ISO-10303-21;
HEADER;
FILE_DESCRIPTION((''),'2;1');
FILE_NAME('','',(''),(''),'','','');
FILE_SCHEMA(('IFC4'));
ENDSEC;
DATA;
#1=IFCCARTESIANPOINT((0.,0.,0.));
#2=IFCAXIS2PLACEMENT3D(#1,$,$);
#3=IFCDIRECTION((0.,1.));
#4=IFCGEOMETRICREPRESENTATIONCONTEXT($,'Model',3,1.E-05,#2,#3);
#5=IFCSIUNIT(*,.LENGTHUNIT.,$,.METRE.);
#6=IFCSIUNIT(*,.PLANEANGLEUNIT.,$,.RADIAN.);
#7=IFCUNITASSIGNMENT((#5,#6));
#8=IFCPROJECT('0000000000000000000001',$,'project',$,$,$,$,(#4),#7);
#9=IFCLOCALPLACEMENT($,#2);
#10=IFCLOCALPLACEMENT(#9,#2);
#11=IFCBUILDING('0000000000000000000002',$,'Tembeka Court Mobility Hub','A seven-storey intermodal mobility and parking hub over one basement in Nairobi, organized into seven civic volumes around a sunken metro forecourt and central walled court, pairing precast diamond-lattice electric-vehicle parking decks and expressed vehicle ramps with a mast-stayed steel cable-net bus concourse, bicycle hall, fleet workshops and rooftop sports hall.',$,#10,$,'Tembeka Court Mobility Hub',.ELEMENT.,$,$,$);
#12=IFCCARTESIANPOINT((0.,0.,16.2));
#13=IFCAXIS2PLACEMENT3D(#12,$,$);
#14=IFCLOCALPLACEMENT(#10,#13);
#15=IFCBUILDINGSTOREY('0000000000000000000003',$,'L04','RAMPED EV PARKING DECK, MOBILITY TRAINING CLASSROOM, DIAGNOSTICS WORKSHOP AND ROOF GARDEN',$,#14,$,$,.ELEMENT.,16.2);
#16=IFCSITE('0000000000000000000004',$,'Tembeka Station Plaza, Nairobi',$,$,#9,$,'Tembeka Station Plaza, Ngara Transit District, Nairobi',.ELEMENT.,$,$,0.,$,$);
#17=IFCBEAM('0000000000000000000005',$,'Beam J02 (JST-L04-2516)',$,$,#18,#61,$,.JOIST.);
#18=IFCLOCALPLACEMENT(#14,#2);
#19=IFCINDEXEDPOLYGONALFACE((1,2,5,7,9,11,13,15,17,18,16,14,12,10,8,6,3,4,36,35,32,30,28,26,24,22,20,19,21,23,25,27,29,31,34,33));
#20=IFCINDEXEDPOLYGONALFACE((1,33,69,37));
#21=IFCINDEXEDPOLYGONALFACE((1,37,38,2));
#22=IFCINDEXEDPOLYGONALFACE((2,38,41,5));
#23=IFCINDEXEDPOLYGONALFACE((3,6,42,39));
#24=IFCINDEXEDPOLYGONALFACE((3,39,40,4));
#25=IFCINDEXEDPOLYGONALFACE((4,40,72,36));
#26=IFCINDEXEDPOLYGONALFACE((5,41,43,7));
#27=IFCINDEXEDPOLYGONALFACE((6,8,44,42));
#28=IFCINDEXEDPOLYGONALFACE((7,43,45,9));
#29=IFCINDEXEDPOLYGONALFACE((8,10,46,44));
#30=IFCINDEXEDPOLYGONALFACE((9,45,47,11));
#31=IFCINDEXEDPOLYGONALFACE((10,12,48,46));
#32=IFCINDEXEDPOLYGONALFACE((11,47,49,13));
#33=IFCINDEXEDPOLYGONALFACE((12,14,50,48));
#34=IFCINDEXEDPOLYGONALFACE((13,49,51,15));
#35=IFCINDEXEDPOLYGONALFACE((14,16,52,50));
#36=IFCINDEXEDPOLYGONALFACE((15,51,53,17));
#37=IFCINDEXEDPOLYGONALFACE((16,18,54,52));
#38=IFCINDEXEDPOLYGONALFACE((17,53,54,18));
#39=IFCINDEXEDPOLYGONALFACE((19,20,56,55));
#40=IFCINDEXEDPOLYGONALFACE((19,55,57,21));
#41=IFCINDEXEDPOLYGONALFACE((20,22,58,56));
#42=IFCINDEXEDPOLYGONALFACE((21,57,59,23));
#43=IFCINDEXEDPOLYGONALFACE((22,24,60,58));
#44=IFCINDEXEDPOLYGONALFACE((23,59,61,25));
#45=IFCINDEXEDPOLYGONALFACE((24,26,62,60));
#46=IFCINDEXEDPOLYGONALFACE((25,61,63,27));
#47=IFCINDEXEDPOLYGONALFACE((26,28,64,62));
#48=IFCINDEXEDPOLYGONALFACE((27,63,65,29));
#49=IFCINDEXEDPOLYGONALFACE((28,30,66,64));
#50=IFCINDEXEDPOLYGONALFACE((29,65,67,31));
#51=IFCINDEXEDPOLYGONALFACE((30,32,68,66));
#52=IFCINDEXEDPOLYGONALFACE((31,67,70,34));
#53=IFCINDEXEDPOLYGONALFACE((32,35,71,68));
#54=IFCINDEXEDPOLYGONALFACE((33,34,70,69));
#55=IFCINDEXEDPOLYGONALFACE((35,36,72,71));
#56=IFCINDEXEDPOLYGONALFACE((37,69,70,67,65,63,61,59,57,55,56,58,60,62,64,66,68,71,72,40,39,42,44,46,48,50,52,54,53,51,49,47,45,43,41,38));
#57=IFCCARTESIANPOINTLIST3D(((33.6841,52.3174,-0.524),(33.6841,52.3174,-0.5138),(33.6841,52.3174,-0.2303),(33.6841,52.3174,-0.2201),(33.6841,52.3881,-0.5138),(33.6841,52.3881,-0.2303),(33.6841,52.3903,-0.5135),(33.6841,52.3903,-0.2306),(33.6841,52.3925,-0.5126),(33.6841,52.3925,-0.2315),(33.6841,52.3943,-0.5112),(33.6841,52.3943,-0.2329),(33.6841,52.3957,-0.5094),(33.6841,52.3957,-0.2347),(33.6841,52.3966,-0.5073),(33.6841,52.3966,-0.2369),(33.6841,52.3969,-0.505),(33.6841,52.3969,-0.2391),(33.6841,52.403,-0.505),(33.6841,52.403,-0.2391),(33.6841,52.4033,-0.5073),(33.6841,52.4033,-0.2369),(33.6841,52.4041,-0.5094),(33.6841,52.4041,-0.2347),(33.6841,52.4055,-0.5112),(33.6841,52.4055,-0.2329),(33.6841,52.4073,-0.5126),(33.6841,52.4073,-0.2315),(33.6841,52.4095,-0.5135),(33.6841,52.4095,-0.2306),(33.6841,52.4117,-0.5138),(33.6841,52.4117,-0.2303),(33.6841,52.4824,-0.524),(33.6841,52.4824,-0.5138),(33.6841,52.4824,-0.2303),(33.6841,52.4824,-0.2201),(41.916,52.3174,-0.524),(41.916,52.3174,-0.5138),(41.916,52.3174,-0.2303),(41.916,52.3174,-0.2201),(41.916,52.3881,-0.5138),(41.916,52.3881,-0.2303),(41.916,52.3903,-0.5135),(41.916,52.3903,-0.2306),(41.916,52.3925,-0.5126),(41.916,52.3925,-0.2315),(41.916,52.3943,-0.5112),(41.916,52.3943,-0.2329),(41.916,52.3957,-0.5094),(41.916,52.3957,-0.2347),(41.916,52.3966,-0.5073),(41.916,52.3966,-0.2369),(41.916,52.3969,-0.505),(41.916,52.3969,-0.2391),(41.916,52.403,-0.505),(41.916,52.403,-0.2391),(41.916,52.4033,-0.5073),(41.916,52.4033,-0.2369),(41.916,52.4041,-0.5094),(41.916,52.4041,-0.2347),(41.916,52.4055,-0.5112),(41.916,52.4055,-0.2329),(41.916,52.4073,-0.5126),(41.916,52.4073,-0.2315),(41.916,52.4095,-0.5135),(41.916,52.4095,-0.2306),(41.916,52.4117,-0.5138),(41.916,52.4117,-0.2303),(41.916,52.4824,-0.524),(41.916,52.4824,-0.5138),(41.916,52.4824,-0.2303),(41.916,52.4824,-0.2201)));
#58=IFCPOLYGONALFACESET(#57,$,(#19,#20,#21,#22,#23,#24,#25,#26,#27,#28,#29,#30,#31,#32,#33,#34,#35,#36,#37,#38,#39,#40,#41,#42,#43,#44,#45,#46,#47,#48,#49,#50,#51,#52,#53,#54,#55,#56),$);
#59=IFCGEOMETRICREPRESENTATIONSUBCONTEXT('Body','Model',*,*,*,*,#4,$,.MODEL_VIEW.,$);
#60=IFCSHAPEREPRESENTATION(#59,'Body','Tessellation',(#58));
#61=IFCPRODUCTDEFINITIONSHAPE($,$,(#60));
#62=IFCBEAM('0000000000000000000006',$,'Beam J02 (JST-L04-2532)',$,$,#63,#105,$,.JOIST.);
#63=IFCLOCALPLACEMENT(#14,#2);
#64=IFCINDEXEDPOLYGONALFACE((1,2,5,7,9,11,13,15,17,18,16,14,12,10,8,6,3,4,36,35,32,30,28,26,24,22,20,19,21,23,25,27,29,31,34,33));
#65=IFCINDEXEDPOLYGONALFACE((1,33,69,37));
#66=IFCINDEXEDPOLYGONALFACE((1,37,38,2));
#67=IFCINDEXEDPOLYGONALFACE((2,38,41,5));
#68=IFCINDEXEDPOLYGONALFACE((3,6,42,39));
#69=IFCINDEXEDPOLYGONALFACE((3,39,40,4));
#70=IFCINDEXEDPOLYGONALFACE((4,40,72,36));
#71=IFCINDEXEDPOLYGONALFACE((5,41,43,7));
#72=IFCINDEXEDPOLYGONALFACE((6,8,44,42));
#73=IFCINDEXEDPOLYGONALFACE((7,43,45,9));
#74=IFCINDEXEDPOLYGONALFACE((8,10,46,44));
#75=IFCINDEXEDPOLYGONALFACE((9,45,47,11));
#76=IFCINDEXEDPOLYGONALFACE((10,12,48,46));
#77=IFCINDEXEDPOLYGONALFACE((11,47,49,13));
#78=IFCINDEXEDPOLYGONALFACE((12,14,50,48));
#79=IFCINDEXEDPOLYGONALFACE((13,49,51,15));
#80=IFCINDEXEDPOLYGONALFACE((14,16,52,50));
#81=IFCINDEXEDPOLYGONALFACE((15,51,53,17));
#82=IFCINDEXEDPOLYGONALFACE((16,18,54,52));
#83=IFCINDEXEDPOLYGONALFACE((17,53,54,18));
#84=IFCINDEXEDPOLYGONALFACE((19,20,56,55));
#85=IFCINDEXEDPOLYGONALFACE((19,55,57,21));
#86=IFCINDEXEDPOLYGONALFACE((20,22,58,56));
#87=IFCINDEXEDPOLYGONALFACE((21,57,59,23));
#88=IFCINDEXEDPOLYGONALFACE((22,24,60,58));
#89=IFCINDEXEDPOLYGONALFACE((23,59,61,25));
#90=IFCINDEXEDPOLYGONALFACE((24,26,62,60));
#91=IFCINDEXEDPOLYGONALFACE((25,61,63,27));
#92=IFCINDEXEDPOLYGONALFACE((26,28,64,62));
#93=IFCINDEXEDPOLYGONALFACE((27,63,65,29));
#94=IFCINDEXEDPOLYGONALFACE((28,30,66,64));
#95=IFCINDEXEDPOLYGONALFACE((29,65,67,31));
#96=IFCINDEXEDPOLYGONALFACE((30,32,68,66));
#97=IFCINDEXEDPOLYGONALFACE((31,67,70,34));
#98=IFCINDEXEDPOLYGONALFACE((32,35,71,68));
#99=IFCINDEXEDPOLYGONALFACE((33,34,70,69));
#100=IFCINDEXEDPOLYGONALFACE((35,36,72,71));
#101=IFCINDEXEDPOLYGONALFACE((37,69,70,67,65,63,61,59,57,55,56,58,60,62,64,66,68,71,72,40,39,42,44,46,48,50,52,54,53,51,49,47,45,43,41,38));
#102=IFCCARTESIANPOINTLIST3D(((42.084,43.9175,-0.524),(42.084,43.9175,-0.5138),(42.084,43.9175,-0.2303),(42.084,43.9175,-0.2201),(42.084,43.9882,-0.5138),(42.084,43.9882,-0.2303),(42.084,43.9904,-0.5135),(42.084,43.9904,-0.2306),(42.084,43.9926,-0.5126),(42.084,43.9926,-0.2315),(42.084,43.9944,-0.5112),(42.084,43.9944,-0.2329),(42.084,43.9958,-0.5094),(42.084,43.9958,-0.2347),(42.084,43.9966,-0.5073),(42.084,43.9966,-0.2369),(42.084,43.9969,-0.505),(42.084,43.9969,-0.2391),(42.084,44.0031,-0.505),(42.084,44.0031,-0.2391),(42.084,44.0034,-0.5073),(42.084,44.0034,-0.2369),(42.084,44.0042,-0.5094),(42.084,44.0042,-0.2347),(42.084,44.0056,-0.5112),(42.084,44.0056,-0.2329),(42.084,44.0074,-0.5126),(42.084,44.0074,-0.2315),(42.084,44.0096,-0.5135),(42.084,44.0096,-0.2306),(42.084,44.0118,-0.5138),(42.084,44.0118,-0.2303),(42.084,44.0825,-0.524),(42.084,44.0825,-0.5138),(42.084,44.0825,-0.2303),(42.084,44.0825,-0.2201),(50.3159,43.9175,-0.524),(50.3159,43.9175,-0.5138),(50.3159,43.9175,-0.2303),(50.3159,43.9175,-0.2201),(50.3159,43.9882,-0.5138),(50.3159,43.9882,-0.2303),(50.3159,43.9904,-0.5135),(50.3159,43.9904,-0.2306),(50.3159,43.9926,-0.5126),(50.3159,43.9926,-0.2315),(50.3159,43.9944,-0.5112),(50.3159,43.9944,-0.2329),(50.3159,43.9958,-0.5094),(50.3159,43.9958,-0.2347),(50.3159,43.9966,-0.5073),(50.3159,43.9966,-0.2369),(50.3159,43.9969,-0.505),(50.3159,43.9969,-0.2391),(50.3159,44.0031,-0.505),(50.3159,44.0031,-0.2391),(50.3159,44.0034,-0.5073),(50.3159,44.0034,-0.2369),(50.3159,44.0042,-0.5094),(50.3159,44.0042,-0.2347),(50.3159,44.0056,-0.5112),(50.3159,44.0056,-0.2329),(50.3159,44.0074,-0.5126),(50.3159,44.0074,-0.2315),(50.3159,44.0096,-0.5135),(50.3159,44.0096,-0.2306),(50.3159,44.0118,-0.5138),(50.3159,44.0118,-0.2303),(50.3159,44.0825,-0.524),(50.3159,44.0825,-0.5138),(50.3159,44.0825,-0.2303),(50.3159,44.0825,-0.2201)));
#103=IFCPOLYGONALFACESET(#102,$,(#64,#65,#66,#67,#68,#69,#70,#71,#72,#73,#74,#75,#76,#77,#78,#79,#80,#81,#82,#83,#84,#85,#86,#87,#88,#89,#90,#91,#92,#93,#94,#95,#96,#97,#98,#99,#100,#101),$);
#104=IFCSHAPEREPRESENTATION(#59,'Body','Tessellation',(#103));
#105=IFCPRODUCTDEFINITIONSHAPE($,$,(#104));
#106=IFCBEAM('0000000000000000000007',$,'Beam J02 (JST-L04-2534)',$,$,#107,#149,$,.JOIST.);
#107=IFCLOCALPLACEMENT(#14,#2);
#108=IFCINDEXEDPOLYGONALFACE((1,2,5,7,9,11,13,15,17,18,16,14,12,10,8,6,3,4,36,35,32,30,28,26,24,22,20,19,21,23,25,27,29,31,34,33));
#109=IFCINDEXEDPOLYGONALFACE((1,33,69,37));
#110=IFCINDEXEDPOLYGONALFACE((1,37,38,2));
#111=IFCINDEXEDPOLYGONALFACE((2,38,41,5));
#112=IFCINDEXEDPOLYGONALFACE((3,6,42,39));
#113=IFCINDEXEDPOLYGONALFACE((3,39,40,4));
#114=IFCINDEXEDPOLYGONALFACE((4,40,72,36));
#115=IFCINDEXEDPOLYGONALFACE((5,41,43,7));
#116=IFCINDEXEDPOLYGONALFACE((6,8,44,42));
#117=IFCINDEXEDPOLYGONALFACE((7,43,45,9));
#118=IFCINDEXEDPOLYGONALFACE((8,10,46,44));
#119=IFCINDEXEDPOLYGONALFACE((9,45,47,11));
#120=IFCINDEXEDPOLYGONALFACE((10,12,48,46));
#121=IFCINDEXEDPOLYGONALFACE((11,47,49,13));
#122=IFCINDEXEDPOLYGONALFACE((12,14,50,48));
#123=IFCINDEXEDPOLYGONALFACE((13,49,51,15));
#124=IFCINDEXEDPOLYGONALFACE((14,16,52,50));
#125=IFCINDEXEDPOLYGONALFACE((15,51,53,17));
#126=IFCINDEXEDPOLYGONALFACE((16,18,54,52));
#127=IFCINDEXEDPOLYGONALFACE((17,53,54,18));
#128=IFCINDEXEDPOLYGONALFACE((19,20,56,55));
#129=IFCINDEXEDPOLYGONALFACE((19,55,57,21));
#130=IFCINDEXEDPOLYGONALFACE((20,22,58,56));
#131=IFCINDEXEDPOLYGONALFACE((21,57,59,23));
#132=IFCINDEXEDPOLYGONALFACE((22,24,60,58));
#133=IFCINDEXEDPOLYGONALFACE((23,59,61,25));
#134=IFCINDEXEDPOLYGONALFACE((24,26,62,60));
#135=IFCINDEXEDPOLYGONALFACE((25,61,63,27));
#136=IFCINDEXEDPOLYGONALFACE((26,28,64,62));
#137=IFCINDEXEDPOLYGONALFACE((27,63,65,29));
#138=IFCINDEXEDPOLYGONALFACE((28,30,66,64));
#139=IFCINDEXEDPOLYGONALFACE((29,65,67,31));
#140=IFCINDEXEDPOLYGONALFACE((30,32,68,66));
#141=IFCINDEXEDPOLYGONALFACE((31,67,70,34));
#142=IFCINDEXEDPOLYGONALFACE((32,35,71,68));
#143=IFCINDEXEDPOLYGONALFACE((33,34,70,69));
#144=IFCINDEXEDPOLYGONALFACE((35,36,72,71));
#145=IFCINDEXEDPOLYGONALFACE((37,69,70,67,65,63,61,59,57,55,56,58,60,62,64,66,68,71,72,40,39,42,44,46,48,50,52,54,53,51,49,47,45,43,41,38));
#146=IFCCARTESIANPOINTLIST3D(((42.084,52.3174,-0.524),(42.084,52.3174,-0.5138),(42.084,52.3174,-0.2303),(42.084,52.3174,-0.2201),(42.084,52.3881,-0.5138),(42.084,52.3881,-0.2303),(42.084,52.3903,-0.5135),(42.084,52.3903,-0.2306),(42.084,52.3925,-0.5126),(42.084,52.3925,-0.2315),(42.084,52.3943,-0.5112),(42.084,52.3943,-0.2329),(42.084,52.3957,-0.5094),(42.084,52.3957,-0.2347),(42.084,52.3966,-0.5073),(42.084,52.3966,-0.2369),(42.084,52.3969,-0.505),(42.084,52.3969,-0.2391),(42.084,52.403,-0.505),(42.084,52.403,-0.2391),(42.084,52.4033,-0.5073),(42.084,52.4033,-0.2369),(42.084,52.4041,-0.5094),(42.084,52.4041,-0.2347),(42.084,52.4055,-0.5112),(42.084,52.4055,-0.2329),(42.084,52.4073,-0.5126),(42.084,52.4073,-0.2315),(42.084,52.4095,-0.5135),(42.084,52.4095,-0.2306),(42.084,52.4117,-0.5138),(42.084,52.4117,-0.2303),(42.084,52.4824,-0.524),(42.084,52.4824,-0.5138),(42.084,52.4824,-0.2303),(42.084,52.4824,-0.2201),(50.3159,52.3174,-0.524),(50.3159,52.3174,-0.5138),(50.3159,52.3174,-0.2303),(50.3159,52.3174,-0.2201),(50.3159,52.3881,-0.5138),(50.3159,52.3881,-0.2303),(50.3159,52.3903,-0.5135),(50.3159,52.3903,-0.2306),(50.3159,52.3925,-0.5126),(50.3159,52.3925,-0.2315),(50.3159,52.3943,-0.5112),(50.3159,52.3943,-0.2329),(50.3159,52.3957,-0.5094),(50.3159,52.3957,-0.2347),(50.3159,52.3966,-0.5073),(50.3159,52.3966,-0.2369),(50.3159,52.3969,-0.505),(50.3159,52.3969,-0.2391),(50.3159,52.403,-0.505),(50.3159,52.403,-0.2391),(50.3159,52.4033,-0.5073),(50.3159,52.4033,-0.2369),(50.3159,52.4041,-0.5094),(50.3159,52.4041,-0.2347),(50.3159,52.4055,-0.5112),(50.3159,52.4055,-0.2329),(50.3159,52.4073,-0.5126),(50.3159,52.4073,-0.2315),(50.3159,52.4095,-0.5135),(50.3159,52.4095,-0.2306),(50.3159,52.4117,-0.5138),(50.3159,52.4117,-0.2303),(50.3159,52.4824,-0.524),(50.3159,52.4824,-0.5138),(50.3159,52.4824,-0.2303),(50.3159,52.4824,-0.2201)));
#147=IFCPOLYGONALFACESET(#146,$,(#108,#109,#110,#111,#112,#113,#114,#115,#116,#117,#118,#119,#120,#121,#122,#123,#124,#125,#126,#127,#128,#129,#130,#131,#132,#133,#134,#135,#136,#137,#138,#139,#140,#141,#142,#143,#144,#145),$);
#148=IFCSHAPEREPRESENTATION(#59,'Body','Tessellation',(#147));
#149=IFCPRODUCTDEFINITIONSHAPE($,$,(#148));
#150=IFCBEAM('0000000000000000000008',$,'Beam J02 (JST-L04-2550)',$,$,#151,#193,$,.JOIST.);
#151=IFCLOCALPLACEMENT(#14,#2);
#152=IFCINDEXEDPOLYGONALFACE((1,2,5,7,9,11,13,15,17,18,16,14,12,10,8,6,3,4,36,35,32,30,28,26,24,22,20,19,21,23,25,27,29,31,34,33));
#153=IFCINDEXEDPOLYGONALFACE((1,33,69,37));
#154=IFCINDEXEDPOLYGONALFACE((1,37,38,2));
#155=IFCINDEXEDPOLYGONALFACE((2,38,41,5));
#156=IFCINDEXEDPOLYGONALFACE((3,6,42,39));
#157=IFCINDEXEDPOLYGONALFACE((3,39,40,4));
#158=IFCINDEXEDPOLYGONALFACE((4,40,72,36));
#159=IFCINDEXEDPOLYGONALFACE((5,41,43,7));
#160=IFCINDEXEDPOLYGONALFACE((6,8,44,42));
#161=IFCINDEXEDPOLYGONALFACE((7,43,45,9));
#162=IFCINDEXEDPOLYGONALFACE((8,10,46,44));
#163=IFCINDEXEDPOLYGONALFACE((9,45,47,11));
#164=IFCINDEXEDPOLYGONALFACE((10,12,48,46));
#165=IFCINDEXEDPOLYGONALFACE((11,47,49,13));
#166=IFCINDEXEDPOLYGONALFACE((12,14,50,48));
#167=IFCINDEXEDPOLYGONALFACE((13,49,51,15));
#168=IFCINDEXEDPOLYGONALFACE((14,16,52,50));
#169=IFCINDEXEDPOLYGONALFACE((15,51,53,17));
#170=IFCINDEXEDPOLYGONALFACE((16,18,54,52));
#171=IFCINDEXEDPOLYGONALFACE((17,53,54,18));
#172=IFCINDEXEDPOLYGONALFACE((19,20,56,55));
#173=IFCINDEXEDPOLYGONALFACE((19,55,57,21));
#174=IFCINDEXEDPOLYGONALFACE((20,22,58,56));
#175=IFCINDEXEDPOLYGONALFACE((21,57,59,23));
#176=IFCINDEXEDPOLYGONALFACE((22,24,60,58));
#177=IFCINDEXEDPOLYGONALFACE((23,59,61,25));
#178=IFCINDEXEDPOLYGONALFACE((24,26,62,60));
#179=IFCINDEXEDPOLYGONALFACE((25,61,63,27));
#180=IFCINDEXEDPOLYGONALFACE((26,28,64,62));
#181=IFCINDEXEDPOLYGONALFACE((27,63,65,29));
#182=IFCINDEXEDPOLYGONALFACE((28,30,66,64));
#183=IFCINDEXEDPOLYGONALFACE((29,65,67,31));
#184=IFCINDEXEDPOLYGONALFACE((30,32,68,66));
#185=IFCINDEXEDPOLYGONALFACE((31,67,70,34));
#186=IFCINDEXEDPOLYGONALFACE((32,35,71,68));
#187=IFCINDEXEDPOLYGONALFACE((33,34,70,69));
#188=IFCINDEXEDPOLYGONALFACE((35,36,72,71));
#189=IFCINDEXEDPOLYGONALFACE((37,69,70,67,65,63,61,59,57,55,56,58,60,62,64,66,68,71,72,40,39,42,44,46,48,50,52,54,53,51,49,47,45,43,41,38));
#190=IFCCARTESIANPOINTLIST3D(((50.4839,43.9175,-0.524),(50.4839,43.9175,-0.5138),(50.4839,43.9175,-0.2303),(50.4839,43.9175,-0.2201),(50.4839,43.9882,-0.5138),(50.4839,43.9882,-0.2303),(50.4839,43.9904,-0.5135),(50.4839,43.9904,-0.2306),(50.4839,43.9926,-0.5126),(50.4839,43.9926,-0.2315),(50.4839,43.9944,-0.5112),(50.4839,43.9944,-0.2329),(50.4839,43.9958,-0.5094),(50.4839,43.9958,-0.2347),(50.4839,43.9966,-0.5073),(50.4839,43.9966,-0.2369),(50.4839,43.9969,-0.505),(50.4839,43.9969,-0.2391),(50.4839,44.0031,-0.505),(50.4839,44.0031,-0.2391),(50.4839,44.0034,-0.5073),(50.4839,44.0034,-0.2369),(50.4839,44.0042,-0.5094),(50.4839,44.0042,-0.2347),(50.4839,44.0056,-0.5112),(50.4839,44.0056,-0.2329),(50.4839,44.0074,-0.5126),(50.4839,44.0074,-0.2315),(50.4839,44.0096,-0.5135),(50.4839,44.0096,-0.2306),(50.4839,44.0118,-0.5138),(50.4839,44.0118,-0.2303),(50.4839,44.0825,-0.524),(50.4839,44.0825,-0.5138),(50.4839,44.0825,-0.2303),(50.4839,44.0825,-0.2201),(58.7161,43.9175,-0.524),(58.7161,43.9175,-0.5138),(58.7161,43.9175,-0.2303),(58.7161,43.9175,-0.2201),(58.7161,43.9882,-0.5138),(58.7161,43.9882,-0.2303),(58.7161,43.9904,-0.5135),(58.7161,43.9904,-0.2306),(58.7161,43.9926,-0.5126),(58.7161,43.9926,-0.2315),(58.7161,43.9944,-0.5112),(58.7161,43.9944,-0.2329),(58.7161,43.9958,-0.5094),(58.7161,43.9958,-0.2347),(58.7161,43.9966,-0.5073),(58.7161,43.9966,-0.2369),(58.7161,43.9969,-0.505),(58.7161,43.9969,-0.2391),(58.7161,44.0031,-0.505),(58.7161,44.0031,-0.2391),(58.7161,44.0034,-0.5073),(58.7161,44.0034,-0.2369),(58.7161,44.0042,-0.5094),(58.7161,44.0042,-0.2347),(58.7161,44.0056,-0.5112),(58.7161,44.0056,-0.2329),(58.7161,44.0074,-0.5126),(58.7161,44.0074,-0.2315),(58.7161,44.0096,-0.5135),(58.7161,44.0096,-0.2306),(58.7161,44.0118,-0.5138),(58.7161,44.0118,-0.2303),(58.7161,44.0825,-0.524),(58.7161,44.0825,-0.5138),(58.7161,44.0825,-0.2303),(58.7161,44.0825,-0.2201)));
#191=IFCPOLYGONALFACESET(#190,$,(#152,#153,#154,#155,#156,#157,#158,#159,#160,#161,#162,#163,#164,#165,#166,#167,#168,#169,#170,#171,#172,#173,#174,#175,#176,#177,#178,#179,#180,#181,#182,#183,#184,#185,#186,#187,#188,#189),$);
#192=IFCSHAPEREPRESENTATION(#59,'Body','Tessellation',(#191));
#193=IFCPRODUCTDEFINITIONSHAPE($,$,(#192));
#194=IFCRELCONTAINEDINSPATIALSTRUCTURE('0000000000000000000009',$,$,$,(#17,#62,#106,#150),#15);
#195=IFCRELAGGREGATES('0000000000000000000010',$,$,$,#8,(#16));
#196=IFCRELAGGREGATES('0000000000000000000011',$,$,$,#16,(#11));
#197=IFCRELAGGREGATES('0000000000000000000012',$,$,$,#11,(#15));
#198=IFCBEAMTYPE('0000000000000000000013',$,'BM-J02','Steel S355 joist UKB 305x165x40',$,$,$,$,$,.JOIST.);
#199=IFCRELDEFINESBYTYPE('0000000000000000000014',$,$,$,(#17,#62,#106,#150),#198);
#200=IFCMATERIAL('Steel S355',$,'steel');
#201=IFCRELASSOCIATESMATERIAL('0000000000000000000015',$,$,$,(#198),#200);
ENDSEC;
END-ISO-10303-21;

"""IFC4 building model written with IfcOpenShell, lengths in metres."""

from ifc_helpers import new_model, si_unit, direction, frame, origin, origin_2d, place, context, subcontext, project, spatial, i_section, extrude, material, material_profile, profile_set, type_object, element, save


model = new_model("IFC4")

# Units and contexts
model_context = context("Model", 3, precision=1e-05, world=origin(), true_north=direction((0.0, 1.0)))
body_context = subcontext(model_context, "Body", "Model", "MODEL_VIEW")
ifc_project = project(units=[si_unit("LENGTHUNIT", "METRE"), si_unit("PLANEANGLEUNIT", "RADIAN")], contexts=[model_context])

# Site, building, storey
site_placement = place(None, origin())
site = spatial("IfcSite", under=ifc_project, at=site_placement, Name="Tembeka Station Plaza, Nairobi", LongName="Tembeka Station Plaza, Ngara Transit District, Nairobi", CompositionType="ELEMENT", RefElevation=0.0)
building_placement = place(site_placement, origin())
building = spatial("IfcBuilding", under=site, at=building_placement, Name="Tembeka Court Mobility Hub", Description="A seven-storey intermodal mobility and parking hub over one basement in Nairobi, organized into seven civic volumes around a sunken metro forecourt and central walled court, pairing precast diamond-lattice electric-vehicle parking decks and expressed vehicle ramps with a mast-stayed steel cable-net bus concourse, bicycle hall, fleet workshops and rooftop sports hall.", LongName="Tembeka Court Mobility Hub", CompositionType="ELEMENT")
storey_placement = place(building_placement, frame((0.0, 0.0, 16.2)))
storey = spatial("IfcBuildingStorey", under=building, at=storey_placement, Name="L04", Description="RAMPED EV PARKING DECK, MOBILITY TRAINING CLASSROOM, DIAGNOSTICS WORKSHOP AND ROOF GARDEN", CompositionType="ELEMENT", Elevation=16.2)

# Shared definitions
ifc_material = material(Name="Steel S355", Category="steel")

# Beams
ifc_material_profile_1 = material_profile(ifc_material, i_section(OverallWidth=0.165, OverallDepth=0.304, WebThickness=0.0061, FlangeThickness=0.0103, FilletRadius=0.0088, at=origin_2d()), Name="UKB 305x165x40")
ifc_profile_set_1 = profile_set([ifc_material_profile_1], Name="Steel S355")
beam_type_1 = type_object("IfcBeamType", Name="BM-J02", Description="Steel S355 joist UKB 305x165x40", PredefinedType="JOIST", material=ifc_profile_set_1)
for number, where, z_axis, x_axis, name in (
    (1, (33.6841, 52.3999, -0.3721), (1.0, 0.0, 0.0), (0.0, 1.0, 0.0), "Beam J02 (JST-L04-2516)"),
    (2, (42.084, 44.0, -0.3721), (1.0, 0.0, 0.0), (0.0, 1.0, 0.0), "Beam J02 (JST-L04-2532)"),
    (3, (42.084, 52.3999, -0.3721), (1.0, 0.0, 0.0), (0.0, 1.0, 0.0), "Beam J02 (JST-L04-2534)"),
):
    element("IfcBeam", number, at=place(storey_placement, frame(where, z_axis=z_axis, x_axis=x_axis)), inside=storey, type_object=beam_type_1, Name=name, PredefinedType="JOIST", context=body_context, shape_type="SweptSolid", body=[
        extrude(i_section(OverallWidth=0.165, OverallDepth=0.304, WebThickness=0.0061, FlangeThickness=0.0103, FilletRadius=0.0088, at=origin_2d()), origin(), (0.0, 0.0, 1.0), 8.2319),
    ])
for number, where, z_axis, x_axis, name in (
    (4, (50.4839, 44.0, -0.3721), (1.0, 0.0, 0.0), (0.0, 1.0, 0.0), "Beam J02 (JST-L04-2550)"),
):
    element("IfcBeam", number, at=place(storey_placement, frame(where, z_axis=z_axis, x_axis=x_axis)), inside=storey, type_object=beam_type_1, Name=name, PredefinedType="JOIST", context=body_context, shape_type="SweptSolid", body=[
        extrude(i_section(OverallWidth=0.165, OverallDepth=0.304, WebThickness=0.0061, FlangeThickness=0.0103, FilletRadius=0.0088, at=origin_2d()), origin(), (0.0, 0.0, 1.0), 8.2322),
    ])

save(model, "model.ifc")
